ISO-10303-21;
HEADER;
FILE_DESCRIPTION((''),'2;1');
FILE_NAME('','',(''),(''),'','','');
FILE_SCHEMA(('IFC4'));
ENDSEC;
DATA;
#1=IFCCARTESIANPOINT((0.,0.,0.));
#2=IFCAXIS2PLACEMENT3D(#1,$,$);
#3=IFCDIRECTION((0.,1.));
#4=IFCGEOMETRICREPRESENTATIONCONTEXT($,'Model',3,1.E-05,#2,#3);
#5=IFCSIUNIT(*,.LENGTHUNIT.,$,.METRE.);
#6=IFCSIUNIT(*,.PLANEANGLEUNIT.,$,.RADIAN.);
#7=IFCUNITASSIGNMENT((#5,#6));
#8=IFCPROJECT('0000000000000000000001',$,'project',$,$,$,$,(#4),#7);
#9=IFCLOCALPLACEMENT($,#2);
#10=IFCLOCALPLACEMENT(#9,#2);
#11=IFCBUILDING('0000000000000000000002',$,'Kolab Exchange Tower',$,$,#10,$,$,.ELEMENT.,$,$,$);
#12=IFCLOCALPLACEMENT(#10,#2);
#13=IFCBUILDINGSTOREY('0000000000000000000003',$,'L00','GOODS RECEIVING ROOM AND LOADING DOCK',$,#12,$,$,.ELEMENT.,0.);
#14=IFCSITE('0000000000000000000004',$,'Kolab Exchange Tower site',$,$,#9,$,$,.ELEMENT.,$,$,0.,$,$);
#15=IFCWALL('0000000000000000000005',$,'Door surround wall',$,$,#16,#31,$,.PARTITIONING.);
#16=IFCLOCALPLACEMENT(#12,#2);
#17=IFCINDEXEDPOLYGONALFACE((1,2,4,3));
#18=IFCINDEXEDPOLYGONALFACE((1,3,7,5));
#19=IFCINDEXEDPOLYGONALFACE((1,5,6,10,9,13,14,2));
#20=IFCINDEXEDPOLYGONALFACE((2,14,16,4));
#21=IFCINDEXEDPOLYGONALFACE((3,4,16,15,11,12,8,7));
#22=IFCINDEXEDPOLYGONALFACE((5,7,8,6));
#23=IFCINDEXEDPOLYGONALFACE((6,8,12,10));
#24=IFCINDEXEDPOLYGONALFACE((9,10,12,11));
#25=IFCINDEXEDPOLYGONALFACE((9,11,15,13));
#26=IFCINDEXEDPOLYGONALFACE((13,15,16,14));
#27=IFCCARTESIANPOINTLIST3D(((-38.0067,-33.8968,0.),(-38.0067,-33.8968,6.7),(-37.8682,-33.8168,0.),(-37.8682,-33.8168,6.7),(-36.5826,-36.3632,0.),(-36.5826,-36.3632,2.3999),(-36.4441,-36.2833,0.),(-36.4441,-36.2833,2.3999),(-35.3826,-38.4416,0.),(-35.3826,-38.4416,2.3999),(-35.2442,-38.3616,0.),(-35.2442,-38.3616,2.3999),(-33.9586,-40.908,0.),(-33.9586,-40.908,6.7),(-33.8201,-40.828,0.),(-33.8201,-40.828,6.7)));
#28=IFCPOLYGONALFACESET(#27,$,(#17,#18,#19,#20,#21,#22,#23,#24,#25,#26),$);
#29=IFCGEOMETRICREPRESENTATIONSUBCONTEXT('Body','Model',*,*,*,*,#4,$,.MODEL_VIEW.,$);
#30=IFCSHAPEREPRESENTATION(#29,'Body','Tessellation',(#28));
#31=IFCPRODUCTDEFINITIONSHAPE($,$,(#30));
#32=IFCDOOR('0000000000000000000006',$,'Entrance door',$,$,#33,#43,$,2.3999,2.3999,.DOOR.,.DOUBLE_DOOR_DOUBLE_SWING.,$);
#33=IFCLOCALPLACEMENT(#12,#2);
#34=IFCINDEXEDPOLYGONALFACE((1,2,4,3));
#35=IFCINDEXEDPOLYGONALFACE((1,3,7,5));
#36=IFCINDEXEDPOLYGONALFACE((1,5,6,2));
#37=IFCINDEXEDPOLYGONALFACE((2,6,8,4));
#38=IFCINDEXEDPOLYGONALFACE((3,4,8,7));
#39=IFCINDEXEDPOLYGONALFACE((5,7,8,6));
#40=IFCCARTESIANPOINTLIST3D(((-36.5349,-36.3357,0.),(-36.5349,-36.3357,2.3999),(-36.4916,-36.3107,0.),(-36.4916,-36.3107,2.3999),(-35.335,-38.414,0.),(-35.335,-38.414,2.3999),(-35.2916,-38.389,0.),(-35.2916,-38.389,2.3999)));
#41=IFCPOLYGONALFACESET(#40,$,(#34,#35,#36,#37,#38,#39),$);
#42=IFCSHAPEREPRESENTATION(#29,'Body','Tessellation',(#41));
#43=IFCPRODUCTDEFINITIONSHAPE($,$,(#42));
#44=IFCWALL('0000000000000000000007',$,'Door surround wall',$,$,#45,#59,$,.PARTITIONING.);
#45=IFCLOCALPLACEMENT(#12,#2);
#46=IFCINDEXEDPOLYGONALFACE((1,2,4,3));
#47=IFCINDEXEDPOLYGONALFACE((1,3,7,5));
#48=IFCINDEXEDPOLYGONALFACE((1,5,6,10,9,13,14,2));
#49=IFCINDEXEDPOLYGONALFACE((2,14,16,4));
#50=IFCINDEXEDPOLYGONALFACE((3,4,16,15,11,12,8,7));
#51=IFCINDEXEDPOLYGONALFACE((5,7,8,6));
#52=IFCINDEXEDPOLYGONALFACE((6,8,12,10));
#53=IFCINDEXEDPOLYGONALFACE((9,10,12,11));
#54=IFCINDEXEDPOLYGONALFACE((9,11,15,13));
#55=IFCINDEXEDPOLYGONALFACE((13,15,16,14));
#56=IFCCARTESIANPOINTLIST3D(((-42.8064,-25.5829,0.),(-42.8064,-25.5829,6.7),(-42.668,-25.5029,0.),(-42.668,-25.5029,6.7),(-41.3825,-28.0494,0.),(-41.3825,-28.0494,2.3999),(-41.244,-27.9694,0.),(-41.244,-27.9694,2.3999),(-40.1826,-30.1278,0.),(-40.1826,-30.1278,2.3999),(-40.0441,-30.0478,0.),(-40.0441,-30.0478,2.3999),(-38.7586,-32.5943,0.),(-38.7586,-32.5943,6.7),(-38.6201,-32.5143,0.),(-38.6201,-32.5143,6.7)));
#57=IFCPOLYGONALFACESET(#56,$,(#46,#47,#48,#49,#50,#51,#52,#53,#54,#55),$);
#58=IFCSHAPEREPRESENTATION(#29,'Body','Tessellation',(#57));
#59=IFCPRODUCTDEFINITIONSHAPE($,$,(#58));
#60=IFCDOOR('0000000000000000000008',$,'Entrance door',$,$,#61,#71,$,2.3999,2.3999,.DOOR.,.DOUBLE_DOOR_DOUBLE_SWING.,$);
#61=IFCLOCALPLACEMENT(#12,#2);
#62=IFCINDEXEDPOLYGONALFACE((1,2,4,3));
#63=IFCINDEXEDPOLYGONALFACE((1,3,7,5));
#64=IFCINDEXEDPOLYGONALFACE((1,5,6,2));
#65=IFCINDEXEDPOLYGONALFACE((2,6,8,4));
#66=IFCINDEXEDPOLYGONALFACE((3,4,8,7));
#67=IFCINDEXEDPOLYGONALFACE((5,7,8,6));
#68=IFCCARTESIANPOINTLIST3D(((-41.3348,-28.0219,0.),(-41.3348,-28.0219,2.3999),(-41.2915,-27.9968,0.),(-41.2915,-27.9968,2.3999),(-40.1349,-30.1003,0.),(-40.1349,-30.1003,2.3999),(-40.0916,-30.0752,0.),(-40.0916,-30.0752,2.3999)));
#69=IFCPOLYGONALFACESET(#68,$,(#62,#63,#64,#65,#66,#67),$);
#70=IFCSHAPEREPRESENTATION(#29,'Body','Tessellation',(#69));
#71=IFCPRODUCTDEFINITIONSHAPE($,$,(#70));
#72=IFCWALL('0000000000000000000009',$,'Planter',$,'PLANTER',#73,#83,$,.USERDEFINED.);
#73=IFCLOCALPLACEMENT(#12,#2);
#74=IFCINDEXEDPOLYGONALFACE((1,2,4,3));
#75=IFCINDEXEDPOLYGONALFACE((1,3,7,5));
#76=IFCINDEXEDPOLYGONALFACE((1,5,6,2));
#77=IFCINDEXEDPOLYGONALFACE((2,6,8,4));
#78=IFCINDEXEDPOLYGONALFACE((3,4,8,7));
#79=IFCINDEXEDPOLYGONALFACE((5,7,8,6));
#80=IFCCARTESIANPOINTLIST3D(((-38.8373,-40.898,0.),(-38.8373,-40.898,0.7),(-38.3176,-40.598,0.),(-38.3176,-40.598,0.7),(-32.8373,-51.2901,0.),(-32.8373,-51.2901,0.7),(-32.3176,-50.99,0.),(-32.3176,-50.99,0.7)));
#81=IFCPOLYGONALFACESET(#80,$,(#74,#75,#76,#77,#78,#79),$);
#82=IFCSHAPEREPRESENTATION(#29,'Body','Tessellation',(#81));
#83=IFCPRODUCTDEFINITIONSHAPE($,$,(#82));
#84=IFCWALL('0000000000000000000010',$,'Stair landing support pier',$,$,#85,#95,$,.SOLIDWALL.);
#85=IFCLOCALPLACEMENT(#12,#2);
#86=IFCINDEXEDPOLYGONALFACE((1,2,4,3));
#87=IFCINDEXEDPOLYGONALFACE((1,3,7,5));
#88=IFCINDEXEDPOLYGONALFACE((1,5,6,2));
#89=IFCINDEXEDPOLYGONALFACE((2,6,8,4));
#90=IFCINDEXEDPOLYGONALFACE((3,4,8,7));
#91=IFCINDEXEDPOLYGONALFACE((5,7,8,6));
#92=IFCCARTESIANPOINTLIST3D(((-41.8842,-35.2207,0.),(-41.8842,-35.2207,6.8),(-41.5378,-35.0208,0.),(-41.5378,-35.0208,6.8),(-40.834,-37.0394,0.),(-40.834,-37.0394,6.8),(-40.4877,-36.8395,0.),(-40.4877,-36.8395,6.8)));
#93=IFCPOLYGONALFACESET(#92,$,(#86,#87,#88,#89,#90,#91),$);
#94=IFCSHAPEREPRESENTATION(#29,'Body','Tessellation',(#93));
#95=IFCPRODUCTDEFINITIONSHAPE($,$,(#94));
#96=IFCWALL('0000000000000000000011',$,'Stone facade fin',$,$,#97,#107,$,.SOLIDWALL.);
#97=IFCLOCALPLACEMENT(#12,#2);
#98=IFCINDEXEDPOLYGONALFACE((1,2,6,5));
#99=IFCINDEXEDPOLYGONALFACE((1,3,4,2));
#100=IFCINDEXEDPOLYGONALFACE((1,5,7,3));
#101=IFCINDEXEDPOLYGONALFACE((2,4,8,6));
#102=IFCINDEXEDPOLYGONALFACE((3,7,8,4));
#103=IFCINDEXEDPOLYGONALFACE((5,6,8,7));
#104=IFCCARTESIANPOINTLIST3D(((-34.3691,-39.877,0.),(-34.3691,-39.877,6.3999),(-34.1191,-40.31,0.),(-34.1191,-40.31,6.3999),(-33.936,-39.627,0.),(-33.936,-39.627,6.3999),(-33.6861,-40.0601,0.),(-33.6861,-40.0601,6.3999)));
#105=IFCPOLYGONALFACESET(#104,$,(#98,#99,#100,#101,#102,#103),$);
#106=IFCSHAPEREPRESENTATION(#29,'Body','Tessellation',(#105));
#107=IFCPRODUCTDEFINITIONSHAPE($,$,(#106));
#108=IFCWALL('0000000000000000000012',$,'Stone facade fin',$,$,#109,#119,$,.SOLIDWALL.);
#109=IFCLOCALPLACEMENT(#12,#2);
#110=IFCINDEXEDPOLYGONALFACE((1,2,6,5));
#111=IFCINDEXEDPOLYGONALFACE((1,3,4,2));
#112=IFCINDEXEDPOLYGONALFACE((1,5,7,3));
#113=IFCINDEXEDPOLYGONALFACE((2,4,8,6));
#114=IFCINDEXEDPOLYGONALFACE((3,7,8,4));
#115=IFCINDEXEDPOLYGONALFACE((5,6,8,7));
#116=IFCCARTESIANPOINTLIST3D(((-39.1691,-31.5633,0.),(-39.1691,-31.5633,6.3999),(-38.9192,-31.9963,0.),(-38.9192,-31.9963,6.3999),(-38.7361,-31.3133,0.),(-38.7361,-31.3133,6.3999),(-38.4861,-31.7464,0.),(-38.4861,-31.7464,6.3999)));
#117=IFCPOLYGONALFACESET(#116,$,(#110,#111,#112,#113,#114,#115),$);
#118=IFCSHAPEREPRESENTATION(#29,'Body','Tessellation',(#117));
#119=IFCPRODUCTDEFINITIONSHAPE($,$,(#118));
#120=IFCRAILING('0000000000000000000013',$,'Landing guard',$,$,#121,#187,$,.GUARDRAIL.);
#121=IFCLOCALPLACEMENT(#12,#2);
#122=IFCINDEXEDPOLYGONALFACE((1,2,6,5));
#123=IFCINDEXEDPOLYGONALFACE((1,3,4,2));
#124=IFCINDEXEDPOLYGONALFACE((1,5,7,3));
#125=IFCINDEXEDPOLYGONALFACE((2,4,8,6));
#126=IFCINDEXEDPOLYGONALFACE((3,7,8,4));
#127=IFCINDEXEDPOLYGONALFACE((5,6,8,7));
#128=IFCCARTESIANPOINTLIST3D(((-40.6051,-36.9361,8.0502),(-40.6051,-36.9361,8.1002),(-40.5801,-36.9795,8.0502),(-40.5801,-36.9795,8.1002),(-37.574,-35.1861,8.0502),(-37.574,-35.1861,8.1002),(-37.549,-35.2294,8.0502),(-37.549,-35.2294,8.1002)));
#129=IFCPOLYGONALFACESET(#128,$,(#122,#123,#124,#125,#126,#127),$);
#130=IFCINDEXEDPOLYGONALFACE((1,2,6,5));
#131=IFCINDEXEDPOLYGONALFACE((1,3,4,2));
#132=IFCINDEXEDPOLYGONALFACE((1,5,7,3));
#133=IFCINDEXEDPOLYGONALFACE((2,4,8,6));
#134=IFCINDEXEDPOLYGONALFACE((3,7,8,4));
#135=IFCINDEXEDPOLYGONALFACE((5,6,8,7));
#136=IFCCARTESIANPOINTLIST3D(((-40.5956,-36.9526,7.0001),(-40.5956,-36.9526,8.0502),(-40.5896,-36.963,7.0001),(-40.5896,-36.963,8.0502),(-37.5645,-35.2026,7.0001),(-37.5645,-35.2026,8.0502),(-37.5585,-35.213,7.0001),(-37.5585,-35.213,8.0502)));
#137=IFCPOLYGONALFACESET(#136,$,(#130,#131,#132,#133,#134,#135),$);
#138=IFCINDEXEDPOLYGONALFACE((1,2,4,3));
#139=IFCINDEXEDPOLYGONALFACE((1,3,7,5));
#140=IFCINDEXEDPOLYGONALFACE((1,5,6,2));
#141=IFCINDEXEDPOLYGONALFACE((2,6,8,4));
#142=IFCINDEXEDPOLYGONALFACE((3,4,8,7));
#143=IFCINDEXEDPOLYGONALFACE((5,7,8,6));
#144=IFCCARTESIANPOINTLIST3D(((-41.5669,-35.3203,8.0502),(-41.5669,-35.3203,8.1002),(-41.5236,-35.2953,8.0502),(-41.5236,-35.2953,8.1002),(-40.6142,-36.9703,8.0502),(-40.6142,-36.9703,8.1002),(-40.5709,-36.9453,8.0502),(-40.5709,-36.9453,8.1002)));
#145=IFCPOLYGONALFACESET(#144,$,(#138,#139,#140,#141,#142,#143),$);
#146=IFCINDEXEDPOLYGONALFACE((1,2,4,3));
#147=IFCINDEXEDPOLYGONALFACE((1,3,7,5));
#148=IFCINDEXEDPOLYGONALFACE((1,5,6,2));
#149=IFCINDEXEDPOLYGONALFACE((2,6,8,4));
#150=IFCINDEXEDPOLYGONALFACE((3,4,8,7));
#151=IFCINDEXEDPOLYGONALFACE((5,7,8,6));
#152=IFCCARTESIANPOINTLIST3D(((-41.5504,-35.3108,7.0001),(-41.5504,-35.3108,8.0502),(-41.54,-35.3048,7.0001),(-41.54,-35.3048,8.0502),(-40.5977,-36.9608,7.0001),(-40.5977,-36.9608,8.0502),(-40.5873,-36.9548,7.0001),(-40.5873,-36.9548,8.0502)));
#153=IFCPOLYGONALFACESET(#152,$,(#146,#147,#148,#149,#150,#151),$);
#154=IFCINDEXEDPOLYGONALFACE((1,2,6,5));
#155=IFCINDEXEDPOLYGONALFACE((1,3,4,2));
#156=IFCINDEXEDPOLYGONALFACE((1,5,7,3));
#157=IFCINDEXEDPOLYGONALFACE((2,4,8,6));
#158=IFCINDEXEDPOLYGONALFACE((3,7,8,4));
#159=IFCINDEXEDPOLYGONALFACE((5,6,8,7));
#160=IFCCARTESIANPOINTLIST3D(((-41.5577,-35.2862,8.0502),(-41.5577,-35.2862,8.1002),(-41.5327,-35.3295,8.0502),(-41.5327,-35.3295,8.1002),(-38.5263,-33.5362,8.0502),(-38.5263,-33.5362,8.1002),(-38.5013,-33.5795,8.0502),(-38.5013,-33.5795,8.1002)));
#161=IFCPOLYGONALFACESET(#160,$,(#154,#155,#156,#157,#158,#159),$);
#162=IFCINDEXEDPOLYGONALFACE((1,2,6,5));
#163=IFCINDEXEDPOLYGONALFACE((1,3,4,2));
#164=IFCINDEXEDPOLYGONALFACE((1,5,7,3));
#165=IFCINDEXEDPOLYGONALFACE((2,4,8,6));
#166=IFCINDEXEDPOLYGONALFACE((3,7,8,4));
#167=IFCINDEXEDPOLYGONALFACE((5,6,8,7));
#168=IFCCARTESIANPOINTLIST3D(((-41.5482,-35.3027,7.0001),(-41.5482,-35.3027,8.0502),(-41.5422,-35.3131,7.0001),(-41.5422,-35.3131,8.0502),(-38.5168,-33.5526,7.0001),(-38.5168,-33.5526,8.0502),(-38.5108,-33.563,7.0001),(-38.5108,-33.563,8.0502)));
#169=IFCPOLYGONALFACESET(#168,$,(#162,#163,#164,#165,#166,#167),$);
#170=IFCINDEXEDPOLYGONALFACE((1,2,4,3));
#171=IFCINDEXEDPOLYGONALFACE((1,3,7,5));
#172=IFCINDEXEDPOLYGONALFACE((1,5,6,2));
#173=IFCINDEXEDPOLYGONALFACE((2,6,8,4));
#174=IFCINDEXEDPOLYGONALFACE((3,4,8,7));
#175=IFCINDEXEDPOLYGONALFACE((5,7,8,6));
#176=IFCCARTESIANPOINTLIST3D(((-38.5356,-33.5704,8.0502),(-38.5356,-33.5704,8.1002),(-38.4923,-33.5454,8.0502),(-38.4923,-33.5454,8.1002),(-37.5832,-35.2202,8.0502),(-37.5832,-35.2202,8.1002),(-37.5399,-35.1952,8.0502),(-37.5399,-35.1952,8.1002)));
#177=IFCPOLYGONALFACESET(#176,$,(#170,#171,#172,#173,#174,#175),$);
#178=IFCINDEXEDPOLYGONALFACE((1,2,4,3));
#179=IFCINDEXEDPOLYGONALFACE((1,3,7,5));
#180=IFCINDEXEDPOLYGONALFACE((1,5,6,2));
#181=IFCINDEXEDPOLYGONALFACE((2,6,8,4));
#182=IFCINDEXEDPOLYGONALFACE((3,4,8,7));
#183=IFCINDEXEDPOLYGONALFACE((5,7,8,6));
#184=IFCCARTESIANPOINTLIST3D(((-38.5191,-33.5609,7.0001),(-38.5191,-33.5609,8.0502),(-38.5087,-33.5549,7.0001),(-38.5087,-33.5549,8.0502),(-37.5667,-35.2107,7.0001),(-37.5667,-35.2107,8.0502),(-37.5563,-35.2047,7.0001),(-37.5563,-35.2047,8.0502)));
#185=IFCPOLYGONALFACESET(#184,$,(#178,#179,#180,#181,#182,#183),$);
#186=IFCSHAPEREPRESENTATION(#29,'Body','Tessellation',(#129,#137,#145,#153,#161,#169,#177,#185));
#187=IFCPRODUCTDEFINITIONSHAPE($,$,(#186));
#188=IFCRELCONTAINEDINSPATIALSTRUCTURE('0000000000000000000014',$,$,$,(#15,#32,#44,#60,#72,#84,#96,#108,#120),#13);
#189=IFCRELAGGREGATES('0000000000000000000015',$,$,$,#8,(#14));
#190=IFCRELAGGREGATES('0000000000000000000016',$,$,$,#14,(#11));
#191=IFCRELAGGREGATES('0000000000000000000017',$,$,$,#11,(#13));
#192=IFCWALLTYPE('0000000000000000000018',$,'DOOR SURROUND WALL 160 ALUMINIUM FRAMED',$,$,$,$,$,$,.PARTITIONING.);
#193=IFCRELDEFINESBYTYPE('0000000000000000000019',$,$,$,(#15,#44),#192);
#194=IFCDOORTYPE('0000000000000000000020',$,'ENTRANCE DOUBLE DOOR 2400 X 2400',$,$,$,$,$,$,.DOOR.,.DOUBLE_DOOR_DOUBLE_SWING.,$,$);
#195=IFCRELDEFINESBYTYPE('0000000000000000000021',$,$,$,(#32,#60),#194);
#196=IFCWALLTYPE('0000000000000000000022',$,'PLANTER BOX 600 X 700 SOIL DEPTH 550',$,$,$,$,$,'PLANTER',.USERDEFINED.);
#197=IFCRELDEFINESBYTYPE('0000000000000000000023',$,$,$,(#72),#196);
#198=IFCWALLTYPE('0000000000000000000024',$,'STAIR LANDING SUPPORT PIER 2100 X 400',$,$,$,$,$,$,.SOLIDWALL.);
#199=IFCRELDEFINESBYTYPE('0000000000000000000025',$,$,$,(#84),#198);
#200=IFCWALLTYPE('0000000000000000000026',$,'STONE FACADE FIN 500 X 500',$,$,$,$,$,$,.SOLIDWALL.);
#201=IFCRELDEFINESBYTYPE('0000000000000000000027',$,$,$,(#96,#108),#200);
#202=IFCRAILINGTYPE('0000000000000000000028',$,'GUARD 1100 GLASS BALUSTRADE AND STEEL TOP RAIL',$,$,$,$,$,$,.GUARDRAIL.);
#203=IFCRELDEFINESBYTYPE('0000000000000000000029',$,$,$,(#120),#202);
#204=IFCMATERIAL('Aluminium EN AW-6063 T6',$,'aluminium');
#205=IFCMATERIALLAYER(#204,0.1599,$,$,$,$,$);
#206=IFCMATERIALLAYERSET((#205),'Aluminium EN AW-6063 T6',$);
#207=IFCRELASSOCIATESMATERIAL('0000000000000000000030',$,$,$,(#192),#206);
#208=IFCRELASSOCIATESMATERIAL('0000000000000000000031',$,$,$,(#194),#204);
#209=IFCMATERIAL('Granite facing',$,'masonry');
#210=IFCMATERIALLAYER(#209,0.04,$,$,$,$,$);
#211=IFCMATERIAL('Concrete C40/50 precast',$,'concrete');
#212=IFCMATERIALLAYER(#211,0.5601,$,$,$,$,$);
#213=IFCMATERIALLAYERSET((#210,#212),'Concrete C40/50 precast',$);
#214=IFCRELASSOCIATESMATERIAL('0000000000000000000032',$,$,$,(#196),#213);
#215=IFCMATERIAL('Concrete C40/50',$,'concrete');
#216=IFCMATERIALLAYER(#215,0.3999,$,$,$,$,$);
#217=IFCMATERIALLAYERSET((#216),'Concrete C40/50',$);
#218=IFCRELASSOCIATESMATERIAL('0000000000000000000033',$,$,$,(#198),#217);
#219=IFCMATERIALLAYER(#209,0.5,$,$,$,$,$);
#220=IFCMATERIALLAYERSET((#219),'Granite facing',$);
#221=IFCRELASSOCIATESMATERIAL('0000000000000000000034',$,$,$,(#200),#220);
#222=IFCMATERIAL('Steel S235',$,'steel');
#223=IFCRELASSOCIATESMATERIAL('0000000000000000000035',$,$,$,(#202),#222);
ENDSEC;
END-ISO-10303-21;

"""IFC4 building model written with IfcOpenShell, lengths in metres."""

from ifc_helpers import new_model, si_unit, direction, frame, frame_2d, origin, origin_2d, place, context, subcontext, project, spatial, rectangle, extrude, material, layer, layer_set, type_object, element, fill, save


model = new_model("IFC4")

# Units and contexts
model_context = context("Model", 3, precision=1e-05, world=origin(), true_north=direction((0.0, 1.0)))
body_context = subcontext(model_context, "Body", "Model", "MODEL_VIEW")
ifc_project = project(units=[si_unit("LENGTHUNIT", "METRE"), si_unit("PLANEANGLEUNIT", "RADIAN")], contexts=[model_context])

# Site, building, storey
site_placement = place(None, origin())
site = spatial("IfcSite", under=ifc_project, at=site_placement, Name="Kolab Exchange Tower site", CompositionType="ELEMENT", RefElevation=0.0)
building_placement = place(site_placement, origin())
building = spatial("IfcBuilding", under=site, at=building_placement, Name="Kolab Exchange Tower", CompositionType="ELEMENT")
storey_placement = place(building_placement, origin())
storey = spatial("IfcBuildingStorey", under=building, at=storey_placement, Name="L00", Description="GOODS RECEIVING ROOM AND LOADING DOCK", CompositionType="ELEMENT", Elevation=0.0)

# Shared definitions
ifc_material_1 = material(Name="Aluminium EN AW-6063 T6", Category="aluminium")

# Walls, openings, doors
ifc_layer_1 = layer(ifc_material_1, 0.1599)
ifc_layer_set_1 = layer_set([ifc_layer_1], Name="Aluminium EN AW-6063 T6")
wall_type_1 = type_object("IfcWallType", Name="DOOR SURROUND WALL 160 ALUMINIUM FRAMED", PredefinedType="PARTITIONING", material=ifc_layer_set_1)
door_type = type_object("IfcDoorType", Name="ENTRANCE DOUBLE DOOR 2400 X 2400", OperationType="DOUBLE_DOOR_DOUBLE_SWING", PredefinedType="DOOR", material=ifc_material_1)
wall_1_placement = place(storey_placement, frame((-33.8894, -40.8679, 0.0), z_axis=(0.0, 0.0, 1.0), x_axis=(-0.500015, 0.866017, 0.0)))
wall_1 = element("IfcWall", 1, at=wall_1_placement, inside=storey, type_object=wall_type_1, Name="Door surround wall", PredefinedType="PARTITIONING", context=body_context, shape_type="SweptSolid", body=[
    extrude(rectangle(XDim=8.0959, YDim=0.1599, at=frame_2d((4.0479, 0.0))), origin(), (0.0, 0.0, 1.0), 6.7),
])
opening_1_placement = place(wall_1_placement, frame((2.8479, 0.0, 0.0)))
opening_1 = element("IfcOpeningElement", 2, at=opening_1_placement, cuts=wall_1, PredefinedType="OPENING", context=body_context, shape_type="SweptSolid", body=[
    extrude(rectangle(XDim=2.3999, YDim=2.3999, at=frame_2d((1.2, 1.2))), frame((0.0, 0.0898, 0.0), z_axis=(0.0, -1.0, 0.0), x_axis=(1.0, 0.0, 0.0)), (0.0, 0.0, 1.0), 0.1799),
])
door_1_placement = place(opening_1_placement, origin())
door_1 = element("IfcDoor", 3, at=door_1_placement, inside=storey, type_object=door_type, Name="Entrance door", OperationType="DOUBLE_DOOR_DOUBLE_SWING", OverallHeight=2.3999, OverallWidth=2.3999, PredefinedType="DOOR", context=body_context, shape_type="SweptSolid", body=[
    extrude(rectangle(XDim=2.3999, YDim=2.3999, at=frame_2d((1.2, 1.2))), frame((0.0, 0.0249, 0.0), z_axis=(0.0, -1.0, 0.0), x_axis=(1.0, 0.0, 0.0)), (0.0, 0.0, 1.0), 0.05),
])
fill(opening_1, door_1)
wall_2_placement = place(storey_placement, frame((-38.6895, -32.5542, 0.0), z_axis=(0.0, 0.0, 1.0), x_axis=(-0.499979, 0.866037, 0.0)))
wall_2 = element("IfcWall", 4, at=wall_2_placement, inside=storey, type_object=wall_type_1, Name="Door surround wall", PredefinedType="PARTITIONING", context=body_context, shape_type="SweptSolid", body=[
    extrude(rectangle(XDim=8.0959, YDim=0.1599, at=frame_2d((4.0479, 0.0))), origin(), (0.0, 0.0, 1.0), 6.7),
])
opening_2_placement = place(wall_2_placement, frame((2.8479, 0.0, 0.0)))
opening_2 = element("IfcOpeningElement", 5, at=opening_2_placement, cuts=wall_2, PredefinedType="OPENING", context=body_context, shape_type="SweptSolid", body=[
    extrude(rectangle(XDim=2.3999, YDim=2.3999, at=frame_2d((1.2, 1.2))), frame((0.0, 0.0898, 0.0), z_axis=(0.0, -1.0, 0.0), x_axis=(1.0, 0.0, 0.0)), (0.0, 0.0, 1.0), 0.1799),
])
door_2_placement = place(opening_2_placement, origin())
door_2 = element("IfcDoor", 6, at=door_2_placement, inside=storey, type_object=door_type, Name="Entrance door", OperationType="DOUBLE_DOOR_DOUBLE_SWING", OverallHeight=2.3999, OverallWidth=2.3999, PredefinedType="DOOR", context=body_context, shape_type="SweptSolid", body=[
    extrude(rectangle(XDim=2.3999, YDim=2.3999, at=frame_2d((1.2, 1.2))), frame((0.0, 0.0249, 0.0), z_axis=(0.0, -1.0, 0.0), x_axis=(1.0, 0.0, 0.0)), (0.0, 0.0, 1.0), 0.05),
])
fill(opening_2, door_2)

# Walls
ifc_material_2 = material(Name="Granite facing", Category="masonry")
ifc_layer_2 = layer(ifc_material_2, 0.04)
ifc_material_3 = material(Name="Concrete C40/50 precast", Category="concrete")
ifc_layer_3 = layer(ifc_material_3, 0.5601)
ifc_layer_set_2 = layer_set([ifc_layer_2, ifc_layer_3], Name="Concrete C40/50 precast")
wall_type_2 = type_object("IfcWallType", Name="PLANTER BOX 600 X 700 SOIL DEPTH 550", ElementType="PLANTER", PredefinedType="USERDEFINED", material=ifc_layer_set_2)
wall_3_placement = place(storey_placement, frame((-32.5774, -51.1401, 0.0), z_axis=(0.0, 0.0, 1.0), x_axis=(-0.500008, 0.866021, 0.0)))
element("IfcWall", 7, at=wall_3_placement, inside=storey, type_object=wall_type_2, Name="Planter", ObjectType="PLANTER", PredefinedType="USERDEFINED", context=body_context, shape_type="SweptSolid", body=[
    extrude(rectangle(XDim=11.9998, YDim=0.6001, at=frame_2d((6.0, 0.0))), origin(), (0.0, 0.0, 1.0), 0.7),
])
ifc_material_4 = material(Name="Concrete C40/50", Category="concrete")
ifc_layer_4 = layer(ifc_material_4, 0.3999)
ifc_layer_set_3 = layer_set([ifc_layer_4], Name="Concrete C40/50")
wall_type_3 = type_object("IfcWallType", Name="STAIR LANDING SUPPORT PIER 2100 X 400", PredefinedType="SOLIDWALL", material=ifc_layer_set_3)
wall_4_placement = place(storey_placement, frame((-40.6609, -36.9395, 0.0), z_axis=(0.0, 0.0, 1.0), x_axis=(-0.500028, 0.866009, 0.0)))
element("IfcWall", 8, at=wall_4_placement, inside=storey, type_object=wall_type_3, Name="Stair landing support pier", PredefinedType="SOLIDWALL", context=body_context, shape_type="SweptSolid", body=[
    extrude(rectangle(XDim=2.1001, YDim=0.3999, at=frame_2d((1.05, 0.0))), origin(), (0.0, 0.0, 1.0), 6.8),
])
ifc_layer_5 = layer(ifc_material_2, 0.5)
ifc_layer_set_4 = layer_set([ifc_layer_5], Name="Granite facing")
wall_type_4 = type_object("IfcWallType", Name="STONE FACADE FIN 500 X 500", PredefinedType="SOLIDWALL", material=ifc_layer_set_4)
for number, where, z_axis, x_axis, name in (
    (9, (-33.9026, -40.1851, 0.0), (0.0, 0.0, 1.0), (-0.49992, 0.866072, 0.0), "Stone facade fin"),
    (10, (-38.7026, -31.8713, 0.0), (0.0, 0.0, 1.0), (-0.49992, 0.866072, 0.0), "Stone facade fin"),
):
    element("IfcWall", number, at=place(storey_placement, frame(where, z_axis=z_axis, x_axis=x_axis)), inside=storey, type_object=wall_type_4, Name=name, PredefinedType="SOLIDWALL", context=body_context, shape_type="SweptSolid", body=[
        extrude(rectangle(XDim=0.5, YDim=0.5, at=frame_2d((0.25, 0.0))), origin(), (0.0, 0.0, 1.0), 6.3999),
    ])

# Railing
ifc_material_5 = material(Name="Steel S235", Category="steel")
railing_type = type_object("IfcRailingType", Name="GUARD 1100 GLASS BALUSTRADE AND STEEL TOP RAIL", PredefinedType="GUARDRAIL", material=ifc_material_5)
railing_placement = place(storey_placement, frame((-37.5615, -35.2078, 7.0)))
element("IfcRailing", 11, at=railing_placement, inside=storey, type_object=railing_type, Name="Landing guard", PredefinedType="GUARDRAIL", context=body_context, shape_type="SweptSolid", body=[
    extrude(rectangle(XDim=0.05, YDim=0.05, at=origin_2d()), frame((0.0, 0.0, 1.0752), z_axis=(-0.866019, -0.50001, 0.0), x_axis=(0.50001, -0.866019, 0.0)), (0.0, 0.0, 1.0), 3.5),
    extrude(rectangle(XDim=0.012, YDim=1.0501, at=frame_2d((0.0, 0.5251))), frame((0.0, 0.0, 0.0), z_axis=(-0.866019, -0.50001, 0.0), x_axis=(0.50001, -0.866019, 0.0)), (0.0, 0.0, 1.0), 3.5),
    extrude(rectangle(XDim=0.05, YDim=0.05, at=origin_2d()), frame((-3.031, -1.75, 1.0752), z_axis=(-0.500026, 0.866011, 0.0), x_axis=(-0.866011, -0.500026, 0.0)), (0.0, 0.0, 1.0), 1.9053),
    extrude(rectangle(XDim=0.012, YDim=1.0501, at=frame_2d((0.0, 0.5251))), frame((-3.031, -1.75, 0.0), z_axis=(-0.500026, 0.866011, 0.0), x_axis=(-0.866011, -0.500026, 0.0)), (0.0, 0.0, 1.0), 1.9053),
    extrude(rectangle(XDim=0.05, YDim=0.05, at=origin_2d()), frame((-3.9836, -0.1001, 1.0752), z_axis=(0.866037, 0.49998, 0.0), x_axis=(-0.49998, 0.866037, 0.0)), (0.0, 0.0, 1.0), 3.5002),
    extrude(rectangle(XDim=0.012, YDim=1.0501, at=frame_2d((0.0, 0.5251))), frame((-3.9836, -0.1001, 0.0), z_axis=(0.866037, 0.49998, 0.0), x_axis=(-0.49998, 0.866037, 0.0)), (0.0, 0.0, 1.0), 3.5002),
    extrude(rectangle(XDim=0.05, YDim=0.05, at=origin_2d()), frame((-0.9524, 1.6499, 1.0752), z_axis=(0.49993, -0.866066, 0.0), x_axis=(0.866066, 0.49993, 0.0)), (0.0, 0.0, 1.0), 1.905),
    extrude(rectangle(XDim=0.012, YDim=1.0501, at=frame_2d((0.0, 0.5251))), frame((-0.9524, 1.6499, 0.0), z_axis=(0.49993, -0.866066, 0.0), x_axis=(0.866066, 0.49993, 0.0)), (0.0, 0.0, 1.0), 1.905),
])

save(model, "model.ifc")
